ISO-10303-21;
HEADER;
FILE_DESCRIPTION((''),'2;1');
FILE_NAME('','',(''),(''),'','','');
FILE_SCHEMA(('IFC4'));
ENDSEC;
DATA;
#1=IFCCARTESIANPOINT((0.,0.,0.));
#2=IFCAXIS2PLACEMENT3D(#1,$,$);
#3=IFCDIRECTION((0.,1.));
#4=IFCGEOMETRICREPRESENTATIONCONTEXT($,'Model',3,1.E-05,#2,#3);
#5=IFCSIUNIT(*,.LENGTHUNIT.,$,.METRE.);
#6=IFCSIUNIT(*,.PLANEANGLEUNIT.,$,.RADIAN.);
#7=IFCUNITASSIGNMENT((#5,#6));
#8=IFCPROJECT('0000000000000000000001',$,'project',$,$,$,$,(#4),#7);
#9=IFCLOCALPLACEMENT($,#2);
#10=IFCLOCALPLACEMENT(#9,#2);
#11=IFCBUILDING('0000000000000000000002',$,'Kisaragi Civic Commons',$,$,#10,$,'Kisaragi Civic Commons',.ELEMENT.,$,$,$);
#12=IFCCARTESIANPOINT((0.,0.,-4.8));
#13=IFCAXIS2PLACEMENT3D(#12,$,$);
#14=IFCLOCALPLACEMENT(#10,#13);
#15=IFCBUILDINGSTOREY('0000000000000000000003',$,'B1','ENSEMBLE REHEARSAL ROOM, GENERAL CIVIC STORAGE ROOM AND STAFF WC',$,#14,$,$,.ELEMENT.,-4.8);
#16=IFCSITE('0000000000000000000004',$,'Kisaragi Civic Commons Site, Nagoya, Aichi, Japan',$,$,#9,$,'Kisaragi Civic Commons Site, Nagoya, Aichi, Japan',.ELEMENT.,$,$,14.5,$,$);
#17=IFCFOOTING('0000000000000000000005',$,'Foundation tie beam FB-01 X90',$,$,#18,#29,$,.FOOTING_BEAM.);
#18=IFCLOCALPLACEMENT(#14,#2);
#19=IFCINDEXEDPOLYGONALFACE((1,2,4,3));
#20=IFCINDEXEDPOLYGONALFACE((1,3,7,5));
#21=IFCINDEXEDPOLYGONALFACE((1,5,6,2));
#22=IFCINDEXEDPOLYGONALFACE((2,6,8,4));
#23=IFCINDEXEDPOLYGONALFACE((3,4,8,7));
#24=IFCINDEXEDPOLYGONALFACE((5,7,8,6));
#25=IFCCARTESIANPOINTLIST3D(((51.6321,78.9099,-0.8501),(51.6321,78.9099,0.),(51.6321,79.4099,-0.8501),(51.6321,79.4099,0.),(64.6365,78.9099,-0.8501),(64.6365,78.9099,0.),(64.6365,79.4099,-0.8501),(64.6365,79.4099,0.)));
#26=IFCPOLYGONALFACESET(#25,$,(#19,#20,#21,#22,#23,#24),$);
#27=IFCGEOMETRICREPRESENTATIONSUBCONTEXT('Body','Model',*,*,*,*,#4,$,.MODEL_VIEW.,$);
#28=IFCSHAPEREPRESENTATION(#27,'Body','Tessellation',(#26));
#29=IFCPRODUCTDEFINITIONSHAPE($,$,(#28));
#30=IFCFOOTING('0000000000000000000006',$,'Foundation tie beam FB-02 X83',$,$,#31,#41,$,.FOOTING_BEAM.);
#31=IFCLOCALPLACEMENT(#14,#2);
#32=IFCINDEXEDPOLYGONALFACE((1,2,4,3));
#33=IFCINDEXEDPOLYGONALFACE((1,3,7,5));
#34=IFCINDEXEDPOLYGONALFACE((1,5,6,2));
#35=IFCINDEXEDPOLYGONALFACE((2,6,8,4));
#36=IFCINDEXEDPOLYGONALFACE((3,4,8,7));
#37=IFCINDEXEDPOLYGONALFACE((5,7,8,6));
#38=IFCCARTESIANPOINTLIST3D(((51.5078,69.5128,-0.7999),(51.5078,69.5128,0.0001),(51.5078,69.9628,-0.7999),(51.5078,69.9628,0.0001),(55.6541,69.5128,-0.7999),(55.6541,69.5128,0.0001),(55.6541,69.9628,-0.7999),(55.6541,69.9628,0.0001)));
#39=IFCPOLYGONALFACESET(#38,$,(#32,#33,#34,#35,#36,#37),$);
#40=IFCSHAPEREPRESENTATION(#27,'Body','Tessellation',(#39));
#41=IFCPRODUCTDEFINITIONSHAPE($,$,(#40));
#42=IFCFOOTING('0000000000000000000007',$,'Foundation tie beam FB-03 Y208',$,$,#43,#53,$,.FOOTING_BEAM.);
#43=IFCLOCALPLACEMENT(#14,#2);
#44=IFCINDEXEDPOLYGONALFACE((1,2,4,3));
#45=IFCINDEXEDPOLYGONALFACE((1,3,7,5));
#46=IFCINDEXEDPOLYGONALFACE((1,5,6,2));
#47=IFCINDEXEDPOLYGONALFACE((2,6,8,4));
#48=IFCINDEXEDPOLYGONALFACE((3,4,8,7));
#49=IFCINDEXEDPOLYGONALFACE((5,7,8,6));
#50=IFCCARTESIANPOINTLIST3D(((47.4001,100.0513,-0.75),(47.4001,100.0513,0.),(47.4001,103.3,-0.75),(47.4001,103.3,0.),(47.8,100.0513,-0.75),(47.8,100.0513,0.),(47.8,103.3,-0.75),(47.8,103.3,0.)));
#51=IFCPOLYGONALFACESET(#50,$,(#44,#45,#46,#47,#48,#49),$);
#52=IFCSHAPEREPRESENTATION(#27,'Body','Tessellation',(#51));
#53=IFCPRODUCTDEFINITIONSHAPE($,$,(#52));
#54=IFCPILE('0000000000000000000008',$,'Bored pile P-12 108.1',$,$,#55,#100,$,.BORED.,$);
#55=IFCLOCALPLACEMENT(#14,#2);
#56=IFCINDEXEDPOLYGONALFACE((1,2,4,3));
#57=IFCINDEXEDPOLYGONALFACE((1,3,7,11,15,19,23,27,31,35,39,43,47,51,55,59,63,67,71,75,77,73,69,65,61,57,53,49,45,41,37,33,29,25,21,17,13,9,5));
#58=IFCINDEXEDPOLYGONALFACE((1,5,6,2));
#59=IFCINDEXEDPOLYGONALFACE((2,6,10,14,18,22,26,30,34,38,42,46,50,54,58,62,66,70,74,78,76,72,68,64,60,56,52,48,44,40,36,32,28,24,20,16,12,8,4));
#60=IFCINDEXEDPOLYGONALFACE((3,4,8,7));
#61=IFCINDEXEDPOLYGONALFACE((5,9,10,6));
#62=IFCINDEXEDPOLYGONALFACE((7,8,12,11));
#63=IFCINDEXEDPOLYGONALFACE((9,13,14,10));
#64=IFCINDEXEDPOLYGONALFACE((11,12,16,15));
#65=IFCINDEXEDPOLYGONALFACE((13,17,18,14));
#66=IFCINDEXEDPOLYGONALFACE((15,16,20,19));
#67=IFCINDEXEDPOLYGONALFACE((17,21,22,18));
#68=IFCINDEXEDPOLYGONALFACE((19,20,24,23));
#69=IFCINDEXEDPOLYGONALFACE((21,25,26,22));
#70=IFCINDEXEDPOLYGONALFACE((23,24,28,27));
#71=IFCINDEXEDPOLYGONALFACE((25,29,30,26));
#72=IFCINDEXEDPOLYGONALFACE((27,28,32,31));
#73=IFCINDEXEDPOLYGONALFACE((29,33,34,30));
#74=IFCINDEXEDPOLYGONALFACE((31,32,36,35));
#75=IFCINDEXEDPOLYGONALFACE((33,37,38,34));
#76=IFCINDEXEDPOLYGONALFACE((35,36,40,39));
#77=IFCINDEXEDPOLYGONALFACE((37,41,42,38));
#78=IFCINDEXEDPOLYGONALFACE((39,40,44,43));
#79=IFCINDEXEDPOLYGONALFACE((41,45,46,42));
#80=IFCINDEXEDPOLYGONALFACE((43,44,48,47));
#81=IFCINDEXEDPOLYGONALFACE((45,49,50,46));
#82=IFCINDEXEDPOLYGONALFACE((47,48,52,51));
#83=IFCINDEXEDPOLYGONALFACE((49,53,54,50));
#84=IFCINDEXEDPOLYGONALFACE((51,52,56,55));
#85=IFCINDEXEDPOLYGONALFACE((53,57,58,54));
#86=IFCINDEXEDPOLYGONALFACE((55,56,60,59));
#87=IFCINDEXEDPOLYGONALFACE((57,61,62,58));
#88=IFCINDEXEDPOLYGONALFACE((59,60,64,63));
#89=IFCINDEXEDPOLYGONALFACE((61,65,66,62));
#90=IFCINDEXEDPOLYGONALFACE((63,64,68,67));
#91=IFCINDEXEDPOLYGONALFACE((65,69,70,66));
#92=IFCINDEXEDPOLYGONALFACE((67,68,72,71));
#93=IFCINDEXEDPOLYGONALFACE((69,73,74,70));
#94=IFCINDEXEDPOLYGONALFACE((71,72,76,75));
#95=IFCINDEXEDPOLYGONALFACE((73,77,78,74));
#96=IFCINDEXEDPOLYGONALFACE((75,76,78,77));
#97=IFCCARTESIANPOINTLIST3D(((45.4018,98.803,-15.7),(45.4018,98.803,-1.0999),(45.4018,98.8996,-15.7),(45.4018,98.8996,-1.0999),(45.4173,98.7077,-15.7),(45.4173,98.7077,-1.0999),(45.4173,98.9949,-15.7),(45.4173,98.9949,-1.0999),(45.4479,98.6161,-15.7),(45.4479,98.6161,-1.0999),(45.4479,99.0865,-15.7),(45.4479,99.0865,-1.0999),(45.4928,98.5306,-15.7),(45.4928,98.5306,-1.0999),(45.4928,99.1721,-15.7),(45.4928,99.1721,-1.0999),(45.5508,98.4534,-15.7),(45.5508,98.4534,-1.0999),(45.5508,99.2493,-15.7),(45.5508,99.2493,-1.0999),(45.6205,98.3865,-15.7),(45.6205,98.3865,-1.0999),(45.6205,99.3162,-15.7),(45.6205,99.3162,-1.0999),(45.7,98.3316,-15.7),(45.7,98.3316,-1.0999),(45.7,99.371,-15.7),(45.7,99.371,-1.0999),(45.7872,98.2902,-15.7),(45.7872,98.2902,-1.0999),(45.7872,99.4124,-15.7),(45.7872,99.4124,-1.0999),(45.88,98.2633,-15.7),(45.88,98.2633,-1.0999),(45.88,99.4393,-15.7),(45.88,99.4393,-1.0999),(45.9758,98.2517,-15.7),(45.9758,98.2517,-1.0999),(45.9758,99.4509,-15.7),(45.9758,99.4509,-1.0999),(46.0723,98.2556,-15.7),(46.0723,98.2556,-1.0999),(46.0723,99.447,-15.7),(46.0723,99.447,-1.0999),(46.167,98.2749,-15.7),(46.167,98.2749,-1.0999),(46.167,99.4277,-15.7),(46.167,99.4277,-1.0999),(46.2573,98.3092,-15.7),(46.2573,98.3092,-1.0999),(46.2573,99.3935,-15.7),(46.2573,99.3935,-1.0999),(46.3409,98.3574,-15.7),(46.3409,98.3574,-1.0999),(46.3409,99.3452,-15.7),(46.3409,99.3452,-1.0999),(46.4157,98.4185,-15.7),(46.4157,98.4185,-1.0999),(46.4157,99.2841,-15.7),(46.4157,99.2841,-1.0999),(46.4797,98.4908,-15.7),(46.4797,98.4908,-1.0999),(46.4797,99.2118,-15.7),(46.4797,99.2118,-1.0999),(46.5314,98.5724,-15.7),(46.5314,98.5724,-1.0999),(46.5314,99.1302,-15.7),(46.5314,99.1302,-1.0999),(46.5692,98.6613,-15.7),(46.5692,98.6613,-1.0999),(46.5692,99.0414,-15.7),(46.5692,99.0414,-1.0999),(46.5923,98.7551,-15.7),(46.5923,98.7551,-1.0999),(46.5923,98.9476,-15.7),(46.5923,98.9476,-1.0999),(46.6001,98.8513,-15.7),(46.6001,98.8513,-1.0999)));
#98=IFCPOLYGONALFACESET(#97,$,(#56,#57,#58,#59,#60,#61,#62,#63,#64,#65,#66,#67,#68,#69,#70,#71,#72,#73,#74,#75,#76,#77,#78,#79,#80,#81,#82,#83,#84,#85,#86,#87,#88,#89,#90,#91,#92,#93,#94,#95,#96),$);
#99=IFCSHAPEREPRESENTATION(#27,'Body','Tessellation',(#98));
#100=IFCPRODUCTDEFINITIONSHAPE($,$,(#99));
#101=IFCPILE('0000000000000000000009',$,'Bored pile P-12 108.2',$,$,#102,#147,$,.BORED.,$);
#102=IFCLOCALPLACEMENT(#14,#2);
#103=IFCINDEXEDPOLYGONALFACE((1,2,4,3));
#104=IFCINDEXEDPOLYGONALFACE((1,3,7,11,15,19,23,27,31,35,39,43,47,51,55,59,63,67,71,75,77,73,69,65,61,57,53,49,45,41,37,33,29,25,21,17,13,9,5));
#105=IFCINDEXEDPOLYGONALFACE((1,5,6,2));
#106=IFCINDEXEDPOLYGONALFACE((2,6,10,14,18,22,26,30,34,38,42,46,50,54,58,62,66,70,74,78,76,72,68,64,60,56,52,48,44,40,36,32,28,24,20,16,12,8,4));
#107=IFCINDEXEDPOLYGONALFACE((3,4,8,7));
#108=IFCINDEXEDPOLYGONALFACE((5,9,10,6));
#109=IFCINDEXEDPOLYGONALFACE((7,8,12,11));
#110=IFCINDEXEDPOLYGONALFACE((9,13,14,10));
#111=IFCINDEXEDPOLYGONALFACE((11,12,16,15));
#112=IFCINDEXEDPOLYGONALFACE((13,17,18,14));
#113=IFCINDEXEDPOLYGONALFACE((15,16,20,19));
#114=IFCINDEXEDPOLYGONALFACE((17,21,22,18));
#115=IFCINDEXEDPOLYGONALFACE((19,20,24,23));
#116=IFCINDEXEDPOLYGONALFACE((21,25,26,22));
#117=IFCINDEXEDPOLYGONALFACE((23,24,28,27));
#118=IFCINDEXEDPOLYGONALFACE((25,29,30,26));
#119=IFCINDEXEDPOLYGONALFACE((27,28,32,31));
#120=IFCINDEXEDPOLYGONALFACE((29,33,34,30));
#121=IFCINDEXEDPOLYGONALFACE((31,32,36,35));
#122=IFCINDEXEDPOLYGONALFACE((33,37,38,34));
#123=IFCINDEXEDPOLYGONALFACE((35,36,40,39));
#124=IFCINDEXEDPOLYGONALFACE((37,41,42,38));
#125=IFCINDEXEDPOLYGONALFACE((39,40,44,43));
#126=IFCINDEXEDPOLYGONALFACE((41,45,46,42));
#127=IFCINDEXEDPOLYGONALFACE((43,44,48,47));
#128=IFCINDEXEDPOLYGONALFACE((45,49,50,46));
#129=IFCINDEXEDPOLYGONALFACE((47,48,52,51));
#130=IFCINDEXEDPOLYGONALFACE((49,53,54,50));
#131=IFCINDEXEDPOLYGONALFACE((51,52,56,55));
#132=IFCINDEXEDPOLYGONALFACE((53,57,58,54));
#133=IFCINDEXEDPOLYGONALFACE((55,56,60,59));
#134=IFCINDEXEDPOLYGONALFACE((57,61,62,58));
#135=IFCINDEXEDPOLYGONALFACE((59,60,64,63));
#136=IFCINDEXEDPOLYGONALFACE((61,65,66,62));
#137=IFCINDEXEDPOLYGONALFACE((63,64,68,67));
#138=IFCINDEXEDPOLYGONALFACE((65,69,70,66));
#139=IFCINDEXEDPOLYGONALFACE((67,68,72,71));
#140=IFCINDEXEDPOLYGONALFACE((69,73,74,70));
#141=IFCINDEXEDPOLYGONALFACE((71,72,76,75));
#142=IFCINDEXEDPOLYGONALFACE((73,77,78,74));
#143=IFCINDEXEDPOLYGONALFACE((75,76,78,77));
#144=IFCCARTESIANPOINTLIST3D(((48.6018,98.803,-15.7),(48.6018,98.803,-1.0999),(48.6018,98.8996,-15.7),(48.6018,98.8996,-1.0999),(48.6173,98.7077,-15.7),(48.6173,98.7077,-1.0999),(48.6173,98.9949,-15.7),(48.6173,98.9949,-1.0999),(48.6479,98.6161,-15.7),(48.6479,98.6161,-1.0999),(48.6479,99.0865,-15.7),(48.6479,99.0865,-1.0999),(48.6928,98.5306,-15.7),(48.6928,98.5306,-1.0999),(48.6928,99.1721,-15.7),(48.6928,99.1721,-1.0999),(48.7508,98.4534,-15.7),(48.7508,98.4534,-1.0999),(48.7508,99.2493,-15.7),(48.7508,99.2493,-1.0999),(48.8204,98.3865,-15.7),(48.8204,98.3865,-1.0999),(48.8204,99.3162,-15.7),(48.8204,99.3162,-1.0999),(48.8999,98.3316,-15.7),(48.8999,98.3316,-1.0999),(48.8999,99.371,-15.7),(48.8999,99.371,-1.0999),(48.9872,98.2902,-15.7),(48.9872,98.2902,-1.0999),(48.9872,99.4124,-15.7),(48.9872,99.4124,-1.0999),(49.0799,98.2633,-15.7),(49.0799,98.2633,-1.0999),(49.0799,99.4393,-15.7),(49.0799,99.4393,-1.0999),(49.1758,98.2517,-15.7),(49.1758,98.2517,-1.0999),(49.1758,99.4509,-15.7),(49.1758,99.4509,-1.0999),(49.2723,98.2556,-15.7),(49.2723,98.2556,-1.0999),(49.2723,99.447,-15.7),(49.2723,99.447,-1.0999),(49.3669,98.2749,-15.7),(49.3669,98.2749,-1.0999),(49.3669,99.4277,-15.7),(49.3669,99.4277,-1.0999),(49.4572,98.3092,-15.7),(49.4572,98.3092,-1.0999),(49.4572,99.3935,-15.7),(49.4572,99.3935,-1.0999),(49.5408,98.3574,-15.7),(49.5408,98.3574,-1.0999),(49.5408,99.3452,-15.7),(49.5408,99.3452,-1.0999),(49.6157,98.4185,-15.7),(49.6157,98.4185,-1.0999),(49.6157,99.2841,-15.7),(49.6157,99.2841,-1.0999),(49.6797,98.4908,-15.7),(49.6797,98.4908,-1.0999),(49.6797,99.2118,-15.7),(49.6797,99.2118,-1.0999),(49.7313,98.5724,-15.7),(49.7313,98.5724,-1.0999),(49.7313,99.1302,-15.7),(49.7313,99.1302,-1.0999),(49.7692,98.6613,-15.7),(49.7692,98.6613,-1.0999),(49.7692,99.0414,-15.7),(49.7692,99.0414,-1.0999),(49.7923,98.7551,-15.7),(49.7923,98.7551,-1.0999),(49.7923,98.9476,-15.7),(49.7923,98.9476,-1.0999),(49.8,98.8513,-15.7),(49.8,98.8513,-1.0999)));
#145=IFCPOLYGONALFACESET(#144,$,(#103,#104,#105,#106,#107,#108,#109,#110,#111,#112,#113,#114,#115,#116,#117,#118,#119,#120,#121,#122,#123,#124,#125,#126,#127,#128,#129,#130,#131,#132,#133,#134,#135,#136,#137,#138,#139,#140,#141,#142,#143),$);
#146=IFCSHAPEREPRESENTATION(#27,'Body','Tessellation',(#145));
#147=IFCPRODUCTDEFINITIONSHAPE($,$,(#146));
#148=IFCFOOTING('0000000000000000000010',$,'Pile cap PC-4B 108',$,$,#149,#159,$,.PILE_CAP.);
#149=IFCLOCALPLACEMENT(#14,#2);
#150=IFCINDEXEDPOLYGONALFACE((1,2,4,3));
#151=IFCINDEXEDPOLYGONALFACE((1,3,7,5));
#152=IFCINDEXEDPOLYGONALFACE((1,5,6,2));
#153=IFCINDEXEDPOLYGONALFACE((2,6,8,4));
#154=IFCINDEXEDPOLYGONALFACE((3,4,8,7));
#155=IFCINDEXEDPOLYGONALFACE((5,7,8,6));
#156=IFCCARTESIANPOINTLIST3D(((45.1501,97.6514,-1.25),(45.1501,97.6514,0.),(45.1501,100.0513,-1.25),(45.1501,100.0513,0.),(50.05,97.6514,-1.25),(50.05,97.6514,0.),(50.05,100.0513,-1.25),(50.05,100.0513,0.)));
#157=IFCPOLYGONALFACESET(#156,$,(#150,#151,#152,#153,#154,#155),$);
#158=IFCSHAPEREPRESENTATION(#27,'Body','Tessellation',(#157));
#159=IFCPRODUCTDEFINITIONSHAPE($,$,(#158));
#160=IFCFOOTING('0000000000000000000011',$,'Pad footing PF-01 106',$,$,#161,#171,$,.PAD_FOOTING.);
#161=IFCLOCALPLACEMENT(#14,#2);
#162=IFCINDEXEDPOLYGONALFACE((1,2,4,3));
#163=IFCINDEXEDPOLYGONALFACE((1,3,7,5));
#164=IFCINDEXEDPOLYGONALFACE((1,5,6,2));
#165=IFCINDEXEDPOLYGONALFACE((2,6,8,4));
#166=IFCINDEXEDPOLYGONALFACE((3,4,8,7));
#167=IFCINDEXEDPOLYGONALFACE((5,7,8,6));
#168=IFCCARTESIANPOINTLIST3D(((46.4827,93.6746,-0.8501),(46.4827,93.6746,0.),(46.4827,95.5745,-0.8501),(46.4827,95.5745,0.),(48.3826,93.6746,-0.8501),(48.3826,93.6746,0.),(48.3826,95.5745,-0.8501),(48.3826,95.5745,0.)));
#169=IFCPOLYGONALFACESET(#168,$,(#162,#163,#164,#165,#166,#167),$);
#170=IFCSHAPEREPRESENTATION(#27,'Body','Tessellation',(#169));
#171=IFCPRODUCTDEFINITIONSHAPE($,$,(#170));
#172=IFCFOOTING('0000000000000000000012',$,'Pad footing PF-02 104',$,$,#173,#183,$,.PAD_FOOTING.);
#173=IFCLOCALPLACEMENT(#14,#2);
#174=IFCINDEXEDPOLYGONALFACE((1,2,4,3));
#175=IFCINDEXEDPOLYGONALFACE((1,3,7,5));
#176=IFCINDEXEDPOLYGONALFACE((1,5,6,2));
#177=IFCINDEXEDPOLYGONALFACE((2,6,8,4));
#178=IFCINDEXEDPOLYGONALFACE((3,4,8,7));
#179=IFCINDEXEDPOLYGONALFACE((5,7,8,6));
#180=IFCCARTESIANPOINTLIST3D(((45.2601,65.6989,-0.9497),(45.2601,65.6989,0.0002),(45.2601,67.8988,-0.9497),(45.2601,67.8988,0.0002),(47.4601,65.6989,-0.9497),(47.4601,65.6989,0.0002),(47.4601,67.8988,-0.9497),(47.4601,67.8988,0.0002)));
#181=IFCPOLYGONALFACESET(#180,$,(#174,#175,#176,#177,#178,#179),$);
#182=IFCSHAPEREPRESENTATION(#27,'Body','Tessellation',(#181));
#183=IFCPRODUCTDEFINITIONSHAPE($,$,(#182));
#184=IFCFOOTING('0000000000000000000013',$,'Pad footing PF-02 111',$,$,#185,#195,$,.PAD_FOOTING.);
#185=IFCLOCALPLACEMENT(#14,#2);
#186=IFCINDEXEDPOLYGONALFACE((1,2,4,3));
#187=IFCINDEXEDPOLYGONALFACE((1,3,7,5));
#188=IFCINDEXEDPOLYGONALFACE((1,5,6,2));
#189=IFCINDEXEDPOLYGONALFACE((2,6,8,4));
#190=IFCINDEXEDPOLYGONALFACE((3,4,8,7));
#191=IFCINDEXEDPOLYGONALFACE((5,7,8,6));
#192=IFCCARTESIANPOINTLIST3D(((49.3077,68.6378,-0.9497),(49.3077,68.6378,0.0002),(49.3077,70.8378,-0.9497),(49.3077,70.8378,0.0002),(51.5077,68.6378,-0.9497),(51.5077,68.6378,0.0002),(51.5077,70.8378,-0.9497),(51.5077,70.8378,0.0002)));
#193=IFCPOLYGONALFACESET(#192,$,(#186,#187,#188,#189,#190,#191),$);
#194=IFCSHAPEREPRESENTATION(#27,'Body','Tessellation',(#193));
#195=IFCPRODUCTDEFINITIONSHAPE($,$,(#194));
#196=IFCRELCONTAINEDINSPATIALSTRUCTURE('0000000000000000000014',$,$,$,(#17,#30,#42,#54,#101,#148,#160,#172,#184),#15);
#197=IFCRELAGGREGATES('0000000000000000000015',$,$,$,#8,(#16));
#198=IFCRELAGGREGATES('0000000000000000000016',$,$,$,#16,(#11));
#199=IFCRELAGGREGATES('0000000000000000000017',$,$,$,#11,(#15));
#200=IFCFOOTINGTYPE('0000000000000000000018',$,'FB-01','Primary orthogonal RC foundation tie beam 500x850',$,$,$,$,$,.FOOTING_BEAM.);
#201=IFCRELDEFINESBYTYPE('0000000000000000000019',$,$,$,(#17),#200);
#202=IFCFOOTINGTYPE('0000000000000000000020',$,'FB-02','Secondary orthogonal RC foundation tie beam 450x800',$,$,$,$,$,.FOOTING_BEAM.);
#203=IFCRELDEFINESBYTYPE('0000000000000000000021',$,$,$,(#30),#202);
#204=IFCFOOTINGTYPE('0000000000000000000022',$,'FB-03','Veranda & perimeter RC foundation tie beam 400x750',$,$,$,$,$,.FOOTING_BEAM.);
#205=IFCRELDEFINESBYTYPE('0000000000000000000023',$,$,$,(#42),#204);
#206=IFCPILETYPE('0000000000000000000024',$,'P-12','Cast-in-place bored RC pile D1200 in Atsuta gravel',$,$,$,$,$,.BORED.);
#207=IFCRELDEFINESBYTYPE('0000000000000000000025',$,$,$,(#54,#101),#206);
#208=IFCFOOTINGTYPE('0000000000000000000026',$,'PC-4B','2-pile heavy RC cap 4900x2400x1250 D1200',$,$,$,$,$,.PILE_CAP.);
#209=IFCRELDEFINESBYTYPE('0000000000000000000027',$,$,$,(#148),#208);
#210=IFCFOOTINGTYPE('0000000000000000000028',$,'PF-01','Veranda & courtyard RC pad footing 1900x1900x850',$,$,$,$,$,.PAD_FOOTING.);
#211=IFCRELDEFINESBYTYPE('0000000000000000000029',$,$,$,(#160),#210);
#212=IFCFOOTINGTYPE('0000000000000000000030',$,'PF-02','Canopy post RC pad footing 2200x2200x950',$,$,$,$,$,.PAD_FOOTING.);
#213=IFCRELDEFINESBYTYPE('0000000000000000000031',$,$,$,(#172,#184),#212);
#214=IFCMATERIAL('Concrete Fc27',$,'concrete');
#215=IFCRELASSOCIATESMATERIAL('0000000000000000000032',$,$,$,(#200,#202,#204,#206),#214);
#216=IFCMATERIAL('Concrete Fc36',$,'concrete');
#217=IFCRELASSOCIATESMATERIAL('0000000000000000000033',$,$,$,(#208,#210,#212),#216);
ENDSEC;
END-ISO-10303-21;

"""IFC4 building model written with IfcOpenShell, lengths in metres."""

from ifc_helpers import new_model, si_unit, direction, frame, origin, origin_2d, place, context, subcontext, project, spatial, rectangle, circle, extrude, material, material_profile, profile_set, type_object, element, save


model = new_model("IFC4")

# Units and contexts
model_context = context("Model", 3, precision=1e-05, world=origin(), true_north=direction((0.0, 1.0)))
body_context = subcontext(model_context, "Body", "Model", "MODEL_VIEW")
ifc_project = project(units=[si_unit("LENGTHUNIT", "METRE"), si_unit("PLANEANGLEUNIT", "RADIAN")], contexts=[model_context])

# Site, building, storey
site_placement = place(None, origin())
site = spatial("IfcSite", under=ifc_project, at=site_placement, Name="Kisaragi Civic Commons Site, Nagoya, Aichi, Japan", LongName="Kisaragi Civic Commons Site, Nagoya, Aichi, Japan", CompositionType="ELEMENT", RefElevation=14.5)
building_placement = place(site_placement, origin())
building = spatial("IfcBuilding", under=site, at=building_placement, Name="Kisaragi Civic Commons", LongName="Kisaragi Civic Commons", CompositionType="ELEMENT")
storey_placement = place(building_placement, frame((0.0, 0.0, -4.8)))
storey = spatial("IfcBuildingStorey", under=building, at=storey_placement, Name="B1", Description="ENSEMBLE REHEARSAL ROOM, GENERAL CIVIC STORAGE ROOM AND STAFF WC", CompositionType="ELEMENT", Elevation=-4.8)

# Footings
ifc_material_1 = material(Name="Concrete Fc27", Category="concrete")
ifc_material_profile_1 = material_profile(ifc_material_1, rectangle(XDim=0.5, YDim=0.8501, at=origin_2d()), Name="RC-500x850", Category="concrete")
ifc_profile_set_1 = profile_set([ifc_material_profile_1], Name="Concrete Fc27")
footing_type_1 = type_object("IfcFootingType", Name="FB-01", Description="Primary orthogonal RC foundation tie beam 500x850", PredefinedType="FOOTING_BEAM", material=ifc_profile_set_1)
footing_1_placement = place(storey_placement, frame((51.6321, 79.1599, -0.425), z_axis=(1.0, 0.0, 0.0), x_axis=(0.0, 1.0, 0.0)))
element("IfcFooting", 1, at=footing_1_placement, inside=storey, type_object=footing_type_1, Name="Foundation tie beam FB-01 X90", PredefinedType="FOOTING_BEAM", context=body_context, shape_type="SweptSolid", body=[
    extrude(rectangle(XDim=0.5, YDim=0.8501, at=origin_2d()), origin(), (0.0, 0.0, 1.0), 13.0044),
])
ifc_material_profile_2 = material_profile(ifc_material_1, rectangle(XDim=0.45, YDim=0.8, at=origin_2d()), Name="RC-450x800", Category="concrete")
ifc_profile_set_2 = profile_set([ifc_material_profile_2], Name="Concrete Fc27")
footing_type_2 = type_object("IfcFootingType", Name="FB-02", Description="Secondary orthogonal RC foundation tie beam 450x800", PredefinedType="FOOTING_BEAM", material=ifc_profile_set_2)
footing_2_placement = place(storey_placement, frame((51.5078, 69.7378, -0.3999), z_axis=(1.0, 0.0, 0.0), x_axis=(0.0, 1.0, 0.0)))
element("IfcFooting", 2, at=footing_2_placement, inside=storey, type_object=footing_type_2, Name="Foundation tie beam FB-02 X83", PredefinedType="FOOTING_BEAM", context=body_context, shape_type="SweptSolid", body=[
    extrude(rectangle(XDim=0.45, YDim=0.8, at=origin_2d()), origin(), (0.0, 0.0, 1.0), 4.1462),
])
ifc_material_profile_3 = material_profile(ifc_material_1, rectangle(XDim=0.3999, YDim=0.75, at=origin_2d()), Name="RC-400x750", Category="concrete")
ifc_profile_set_3 = profile_set([ifc_material_profile_3], Name="Concrete Fc27")
footing_type_3 = type_object("IfcFootingType", Name="FB-03", Description="Veranda & perimeter RC foundation tie beam 400x750", PredefinedType="FOOTING_BEAM", material=ifc_profile_set_3)
footing_3_placement = place(storey_placement, frame((47.6001, 100.0513, -0.375), z_axis=(0.0, 1.0, 0.0), x_axis=(-1.0, 0.0, 0.0)))
element("IfcFooting", 3, at=footing_3_placement, inside=storey, type_object=footing_type_3, Name="Foundation tie beam FB-03 Y208", PredefinedType="FOOTING_BEAM", context=body_context, shape_type="SweptSolid", body=[
    extrude(rectangle(XDim=0.3999, YDim=0.75, at=origin_2d()), origin(), (0.0, 0.0, 1.0), 3.2488),
])

# Piles
ifc_material_profile_4 = material_profile(ifc_material_1, circle(Radius=0.6001, at=origin_2d()), Name="PILE-D1200", Category="concrete")
ifc_profile_set_4 = profile_set([ifc_material_profile_4], Name="Concrete Fc27")
pile_type = type_object("IfcPileType", Name="P-12", Description="Cast-in-place bored RC pile D1200 in Atsuta gravel", PredefinedType="BORED", material=ifc_profile_set_4)
for number, where, z_axis, x_axis, name in (
    (4, (46.0, 98.8513, -1.0999), (0.0, 0.0, -1.0), (1.0, 0.0, 0.0), "Bored pile P-12 108.1"),
    (5, (49.2, 98.8513, -1.0999), (0.0, 0.0, -1.0), (1.0, 0.0, 0.0), "Bored pile P-12 108.2"),
):
    element("IfcPile", number, at=place(storey_placement, frame(where, z_axis=z_axis, x_axis=x_axis)), inside=storey, type_object=pile_type, Name=name, PredefinedType="BORED", context=body_context, shape_type="SweptSolid", body=[
        extrude(circle(Radius=0.6001, at=origin_2d()), origin(), (0.0, 0.0, 1.0), 14.6001),
    ])

# Footings
ifc_material_2 = material(Name="Concrete Fc36", Category="concrete")
footing_type_4 = type_object("IfcFootingType", Name="PC-4B", Description="2-pile heavy RC cap 4900x2400x1250 D1200", PredefinedType="PILE_CAP", material=ifc_material_2)
footing_4_placement = place(storey_placement, frame((47.6001, 98.8513, -1.25), z_axis=(0.0, 0.0, 1.0), x_axis=(1.0, 0.0, 0.0)))
element("IfcFooting", 6, at=footing_4_placement, inside=storey, type_object=footing_type_4, Name="Pile cap PC-4B 108", PredefinedType="PILE_CAP", context=body_context, shape_type="SweptSolid", body=[
    extrude(rectangle(XDim=4.8999, YDim=2.3999, at=origin_2d()), origin(), (0.0, 0.0, 1.0), 1.25),
])
footing_type_5 = type_object("IfcFootingType", Name="PF-01", Description="Veranda & courtyard RC pad footing 1900x1900x850", PredefinedType="PAD_FOOTING", material=ifc_material_2)
footing_5_placement = place(storey_placement, frame((47.4326, 94.6245, -0.8501), z_axis=(0.0, 0.0, 1.0), x_axis=(1.0, 0.0, 0.0)))
element("IfcFooting", 7, at=footing_5_placement, inside=storey, type_object=footing_type_5, Name="Pad footing PF-01 106", PredefinedType="PAD_FOOTING", context=body_context, shape_type="SweptSolid", body=[
    extrude(rectangle(XDim=1.8999, YDim=1.8999, at=origin_2d()), origin(), (0.0, 0.0, 1.0), 0.8501),
])
footing_type_6 = type_object("IfcFootingType", Name="PF-02", Description="Canopy post RC pad footing 2200x2200x950", PredefinedType="PAD_FOOTING", material=ifc_material_2)
for number, where, z_axis, x_axis, name in (
    (8, (46.3601, 66.7988, -0.9497), (0.0, 0.0, 1.0), (1.0, 0.0, 0.0), "Pad footing PF-02 104"),
    (9, (50.4077, 69.7378, -0.9497), (0.0, 0.0, 1.0), (1.0, 0.0, 0.0), "Pad footing PF-02 111"),
):
    element("IfcFooting", number, at=place(storey_placement, frame(where, z_axis=z_axis, x_axis=x_axis)), inside=storey, type_object=footing_type_6, Name=name, PredefinedType="PAD_FOOTING", context=body_context, shape_type="SweptSolid", body=[
        extrude(rectangle(XDim=2.2, YDim=2.2, at=origin_2d()), origin(), (0.0, 0.0, 1.0), 0.95),
    ])

save(model, "model.ifc")
